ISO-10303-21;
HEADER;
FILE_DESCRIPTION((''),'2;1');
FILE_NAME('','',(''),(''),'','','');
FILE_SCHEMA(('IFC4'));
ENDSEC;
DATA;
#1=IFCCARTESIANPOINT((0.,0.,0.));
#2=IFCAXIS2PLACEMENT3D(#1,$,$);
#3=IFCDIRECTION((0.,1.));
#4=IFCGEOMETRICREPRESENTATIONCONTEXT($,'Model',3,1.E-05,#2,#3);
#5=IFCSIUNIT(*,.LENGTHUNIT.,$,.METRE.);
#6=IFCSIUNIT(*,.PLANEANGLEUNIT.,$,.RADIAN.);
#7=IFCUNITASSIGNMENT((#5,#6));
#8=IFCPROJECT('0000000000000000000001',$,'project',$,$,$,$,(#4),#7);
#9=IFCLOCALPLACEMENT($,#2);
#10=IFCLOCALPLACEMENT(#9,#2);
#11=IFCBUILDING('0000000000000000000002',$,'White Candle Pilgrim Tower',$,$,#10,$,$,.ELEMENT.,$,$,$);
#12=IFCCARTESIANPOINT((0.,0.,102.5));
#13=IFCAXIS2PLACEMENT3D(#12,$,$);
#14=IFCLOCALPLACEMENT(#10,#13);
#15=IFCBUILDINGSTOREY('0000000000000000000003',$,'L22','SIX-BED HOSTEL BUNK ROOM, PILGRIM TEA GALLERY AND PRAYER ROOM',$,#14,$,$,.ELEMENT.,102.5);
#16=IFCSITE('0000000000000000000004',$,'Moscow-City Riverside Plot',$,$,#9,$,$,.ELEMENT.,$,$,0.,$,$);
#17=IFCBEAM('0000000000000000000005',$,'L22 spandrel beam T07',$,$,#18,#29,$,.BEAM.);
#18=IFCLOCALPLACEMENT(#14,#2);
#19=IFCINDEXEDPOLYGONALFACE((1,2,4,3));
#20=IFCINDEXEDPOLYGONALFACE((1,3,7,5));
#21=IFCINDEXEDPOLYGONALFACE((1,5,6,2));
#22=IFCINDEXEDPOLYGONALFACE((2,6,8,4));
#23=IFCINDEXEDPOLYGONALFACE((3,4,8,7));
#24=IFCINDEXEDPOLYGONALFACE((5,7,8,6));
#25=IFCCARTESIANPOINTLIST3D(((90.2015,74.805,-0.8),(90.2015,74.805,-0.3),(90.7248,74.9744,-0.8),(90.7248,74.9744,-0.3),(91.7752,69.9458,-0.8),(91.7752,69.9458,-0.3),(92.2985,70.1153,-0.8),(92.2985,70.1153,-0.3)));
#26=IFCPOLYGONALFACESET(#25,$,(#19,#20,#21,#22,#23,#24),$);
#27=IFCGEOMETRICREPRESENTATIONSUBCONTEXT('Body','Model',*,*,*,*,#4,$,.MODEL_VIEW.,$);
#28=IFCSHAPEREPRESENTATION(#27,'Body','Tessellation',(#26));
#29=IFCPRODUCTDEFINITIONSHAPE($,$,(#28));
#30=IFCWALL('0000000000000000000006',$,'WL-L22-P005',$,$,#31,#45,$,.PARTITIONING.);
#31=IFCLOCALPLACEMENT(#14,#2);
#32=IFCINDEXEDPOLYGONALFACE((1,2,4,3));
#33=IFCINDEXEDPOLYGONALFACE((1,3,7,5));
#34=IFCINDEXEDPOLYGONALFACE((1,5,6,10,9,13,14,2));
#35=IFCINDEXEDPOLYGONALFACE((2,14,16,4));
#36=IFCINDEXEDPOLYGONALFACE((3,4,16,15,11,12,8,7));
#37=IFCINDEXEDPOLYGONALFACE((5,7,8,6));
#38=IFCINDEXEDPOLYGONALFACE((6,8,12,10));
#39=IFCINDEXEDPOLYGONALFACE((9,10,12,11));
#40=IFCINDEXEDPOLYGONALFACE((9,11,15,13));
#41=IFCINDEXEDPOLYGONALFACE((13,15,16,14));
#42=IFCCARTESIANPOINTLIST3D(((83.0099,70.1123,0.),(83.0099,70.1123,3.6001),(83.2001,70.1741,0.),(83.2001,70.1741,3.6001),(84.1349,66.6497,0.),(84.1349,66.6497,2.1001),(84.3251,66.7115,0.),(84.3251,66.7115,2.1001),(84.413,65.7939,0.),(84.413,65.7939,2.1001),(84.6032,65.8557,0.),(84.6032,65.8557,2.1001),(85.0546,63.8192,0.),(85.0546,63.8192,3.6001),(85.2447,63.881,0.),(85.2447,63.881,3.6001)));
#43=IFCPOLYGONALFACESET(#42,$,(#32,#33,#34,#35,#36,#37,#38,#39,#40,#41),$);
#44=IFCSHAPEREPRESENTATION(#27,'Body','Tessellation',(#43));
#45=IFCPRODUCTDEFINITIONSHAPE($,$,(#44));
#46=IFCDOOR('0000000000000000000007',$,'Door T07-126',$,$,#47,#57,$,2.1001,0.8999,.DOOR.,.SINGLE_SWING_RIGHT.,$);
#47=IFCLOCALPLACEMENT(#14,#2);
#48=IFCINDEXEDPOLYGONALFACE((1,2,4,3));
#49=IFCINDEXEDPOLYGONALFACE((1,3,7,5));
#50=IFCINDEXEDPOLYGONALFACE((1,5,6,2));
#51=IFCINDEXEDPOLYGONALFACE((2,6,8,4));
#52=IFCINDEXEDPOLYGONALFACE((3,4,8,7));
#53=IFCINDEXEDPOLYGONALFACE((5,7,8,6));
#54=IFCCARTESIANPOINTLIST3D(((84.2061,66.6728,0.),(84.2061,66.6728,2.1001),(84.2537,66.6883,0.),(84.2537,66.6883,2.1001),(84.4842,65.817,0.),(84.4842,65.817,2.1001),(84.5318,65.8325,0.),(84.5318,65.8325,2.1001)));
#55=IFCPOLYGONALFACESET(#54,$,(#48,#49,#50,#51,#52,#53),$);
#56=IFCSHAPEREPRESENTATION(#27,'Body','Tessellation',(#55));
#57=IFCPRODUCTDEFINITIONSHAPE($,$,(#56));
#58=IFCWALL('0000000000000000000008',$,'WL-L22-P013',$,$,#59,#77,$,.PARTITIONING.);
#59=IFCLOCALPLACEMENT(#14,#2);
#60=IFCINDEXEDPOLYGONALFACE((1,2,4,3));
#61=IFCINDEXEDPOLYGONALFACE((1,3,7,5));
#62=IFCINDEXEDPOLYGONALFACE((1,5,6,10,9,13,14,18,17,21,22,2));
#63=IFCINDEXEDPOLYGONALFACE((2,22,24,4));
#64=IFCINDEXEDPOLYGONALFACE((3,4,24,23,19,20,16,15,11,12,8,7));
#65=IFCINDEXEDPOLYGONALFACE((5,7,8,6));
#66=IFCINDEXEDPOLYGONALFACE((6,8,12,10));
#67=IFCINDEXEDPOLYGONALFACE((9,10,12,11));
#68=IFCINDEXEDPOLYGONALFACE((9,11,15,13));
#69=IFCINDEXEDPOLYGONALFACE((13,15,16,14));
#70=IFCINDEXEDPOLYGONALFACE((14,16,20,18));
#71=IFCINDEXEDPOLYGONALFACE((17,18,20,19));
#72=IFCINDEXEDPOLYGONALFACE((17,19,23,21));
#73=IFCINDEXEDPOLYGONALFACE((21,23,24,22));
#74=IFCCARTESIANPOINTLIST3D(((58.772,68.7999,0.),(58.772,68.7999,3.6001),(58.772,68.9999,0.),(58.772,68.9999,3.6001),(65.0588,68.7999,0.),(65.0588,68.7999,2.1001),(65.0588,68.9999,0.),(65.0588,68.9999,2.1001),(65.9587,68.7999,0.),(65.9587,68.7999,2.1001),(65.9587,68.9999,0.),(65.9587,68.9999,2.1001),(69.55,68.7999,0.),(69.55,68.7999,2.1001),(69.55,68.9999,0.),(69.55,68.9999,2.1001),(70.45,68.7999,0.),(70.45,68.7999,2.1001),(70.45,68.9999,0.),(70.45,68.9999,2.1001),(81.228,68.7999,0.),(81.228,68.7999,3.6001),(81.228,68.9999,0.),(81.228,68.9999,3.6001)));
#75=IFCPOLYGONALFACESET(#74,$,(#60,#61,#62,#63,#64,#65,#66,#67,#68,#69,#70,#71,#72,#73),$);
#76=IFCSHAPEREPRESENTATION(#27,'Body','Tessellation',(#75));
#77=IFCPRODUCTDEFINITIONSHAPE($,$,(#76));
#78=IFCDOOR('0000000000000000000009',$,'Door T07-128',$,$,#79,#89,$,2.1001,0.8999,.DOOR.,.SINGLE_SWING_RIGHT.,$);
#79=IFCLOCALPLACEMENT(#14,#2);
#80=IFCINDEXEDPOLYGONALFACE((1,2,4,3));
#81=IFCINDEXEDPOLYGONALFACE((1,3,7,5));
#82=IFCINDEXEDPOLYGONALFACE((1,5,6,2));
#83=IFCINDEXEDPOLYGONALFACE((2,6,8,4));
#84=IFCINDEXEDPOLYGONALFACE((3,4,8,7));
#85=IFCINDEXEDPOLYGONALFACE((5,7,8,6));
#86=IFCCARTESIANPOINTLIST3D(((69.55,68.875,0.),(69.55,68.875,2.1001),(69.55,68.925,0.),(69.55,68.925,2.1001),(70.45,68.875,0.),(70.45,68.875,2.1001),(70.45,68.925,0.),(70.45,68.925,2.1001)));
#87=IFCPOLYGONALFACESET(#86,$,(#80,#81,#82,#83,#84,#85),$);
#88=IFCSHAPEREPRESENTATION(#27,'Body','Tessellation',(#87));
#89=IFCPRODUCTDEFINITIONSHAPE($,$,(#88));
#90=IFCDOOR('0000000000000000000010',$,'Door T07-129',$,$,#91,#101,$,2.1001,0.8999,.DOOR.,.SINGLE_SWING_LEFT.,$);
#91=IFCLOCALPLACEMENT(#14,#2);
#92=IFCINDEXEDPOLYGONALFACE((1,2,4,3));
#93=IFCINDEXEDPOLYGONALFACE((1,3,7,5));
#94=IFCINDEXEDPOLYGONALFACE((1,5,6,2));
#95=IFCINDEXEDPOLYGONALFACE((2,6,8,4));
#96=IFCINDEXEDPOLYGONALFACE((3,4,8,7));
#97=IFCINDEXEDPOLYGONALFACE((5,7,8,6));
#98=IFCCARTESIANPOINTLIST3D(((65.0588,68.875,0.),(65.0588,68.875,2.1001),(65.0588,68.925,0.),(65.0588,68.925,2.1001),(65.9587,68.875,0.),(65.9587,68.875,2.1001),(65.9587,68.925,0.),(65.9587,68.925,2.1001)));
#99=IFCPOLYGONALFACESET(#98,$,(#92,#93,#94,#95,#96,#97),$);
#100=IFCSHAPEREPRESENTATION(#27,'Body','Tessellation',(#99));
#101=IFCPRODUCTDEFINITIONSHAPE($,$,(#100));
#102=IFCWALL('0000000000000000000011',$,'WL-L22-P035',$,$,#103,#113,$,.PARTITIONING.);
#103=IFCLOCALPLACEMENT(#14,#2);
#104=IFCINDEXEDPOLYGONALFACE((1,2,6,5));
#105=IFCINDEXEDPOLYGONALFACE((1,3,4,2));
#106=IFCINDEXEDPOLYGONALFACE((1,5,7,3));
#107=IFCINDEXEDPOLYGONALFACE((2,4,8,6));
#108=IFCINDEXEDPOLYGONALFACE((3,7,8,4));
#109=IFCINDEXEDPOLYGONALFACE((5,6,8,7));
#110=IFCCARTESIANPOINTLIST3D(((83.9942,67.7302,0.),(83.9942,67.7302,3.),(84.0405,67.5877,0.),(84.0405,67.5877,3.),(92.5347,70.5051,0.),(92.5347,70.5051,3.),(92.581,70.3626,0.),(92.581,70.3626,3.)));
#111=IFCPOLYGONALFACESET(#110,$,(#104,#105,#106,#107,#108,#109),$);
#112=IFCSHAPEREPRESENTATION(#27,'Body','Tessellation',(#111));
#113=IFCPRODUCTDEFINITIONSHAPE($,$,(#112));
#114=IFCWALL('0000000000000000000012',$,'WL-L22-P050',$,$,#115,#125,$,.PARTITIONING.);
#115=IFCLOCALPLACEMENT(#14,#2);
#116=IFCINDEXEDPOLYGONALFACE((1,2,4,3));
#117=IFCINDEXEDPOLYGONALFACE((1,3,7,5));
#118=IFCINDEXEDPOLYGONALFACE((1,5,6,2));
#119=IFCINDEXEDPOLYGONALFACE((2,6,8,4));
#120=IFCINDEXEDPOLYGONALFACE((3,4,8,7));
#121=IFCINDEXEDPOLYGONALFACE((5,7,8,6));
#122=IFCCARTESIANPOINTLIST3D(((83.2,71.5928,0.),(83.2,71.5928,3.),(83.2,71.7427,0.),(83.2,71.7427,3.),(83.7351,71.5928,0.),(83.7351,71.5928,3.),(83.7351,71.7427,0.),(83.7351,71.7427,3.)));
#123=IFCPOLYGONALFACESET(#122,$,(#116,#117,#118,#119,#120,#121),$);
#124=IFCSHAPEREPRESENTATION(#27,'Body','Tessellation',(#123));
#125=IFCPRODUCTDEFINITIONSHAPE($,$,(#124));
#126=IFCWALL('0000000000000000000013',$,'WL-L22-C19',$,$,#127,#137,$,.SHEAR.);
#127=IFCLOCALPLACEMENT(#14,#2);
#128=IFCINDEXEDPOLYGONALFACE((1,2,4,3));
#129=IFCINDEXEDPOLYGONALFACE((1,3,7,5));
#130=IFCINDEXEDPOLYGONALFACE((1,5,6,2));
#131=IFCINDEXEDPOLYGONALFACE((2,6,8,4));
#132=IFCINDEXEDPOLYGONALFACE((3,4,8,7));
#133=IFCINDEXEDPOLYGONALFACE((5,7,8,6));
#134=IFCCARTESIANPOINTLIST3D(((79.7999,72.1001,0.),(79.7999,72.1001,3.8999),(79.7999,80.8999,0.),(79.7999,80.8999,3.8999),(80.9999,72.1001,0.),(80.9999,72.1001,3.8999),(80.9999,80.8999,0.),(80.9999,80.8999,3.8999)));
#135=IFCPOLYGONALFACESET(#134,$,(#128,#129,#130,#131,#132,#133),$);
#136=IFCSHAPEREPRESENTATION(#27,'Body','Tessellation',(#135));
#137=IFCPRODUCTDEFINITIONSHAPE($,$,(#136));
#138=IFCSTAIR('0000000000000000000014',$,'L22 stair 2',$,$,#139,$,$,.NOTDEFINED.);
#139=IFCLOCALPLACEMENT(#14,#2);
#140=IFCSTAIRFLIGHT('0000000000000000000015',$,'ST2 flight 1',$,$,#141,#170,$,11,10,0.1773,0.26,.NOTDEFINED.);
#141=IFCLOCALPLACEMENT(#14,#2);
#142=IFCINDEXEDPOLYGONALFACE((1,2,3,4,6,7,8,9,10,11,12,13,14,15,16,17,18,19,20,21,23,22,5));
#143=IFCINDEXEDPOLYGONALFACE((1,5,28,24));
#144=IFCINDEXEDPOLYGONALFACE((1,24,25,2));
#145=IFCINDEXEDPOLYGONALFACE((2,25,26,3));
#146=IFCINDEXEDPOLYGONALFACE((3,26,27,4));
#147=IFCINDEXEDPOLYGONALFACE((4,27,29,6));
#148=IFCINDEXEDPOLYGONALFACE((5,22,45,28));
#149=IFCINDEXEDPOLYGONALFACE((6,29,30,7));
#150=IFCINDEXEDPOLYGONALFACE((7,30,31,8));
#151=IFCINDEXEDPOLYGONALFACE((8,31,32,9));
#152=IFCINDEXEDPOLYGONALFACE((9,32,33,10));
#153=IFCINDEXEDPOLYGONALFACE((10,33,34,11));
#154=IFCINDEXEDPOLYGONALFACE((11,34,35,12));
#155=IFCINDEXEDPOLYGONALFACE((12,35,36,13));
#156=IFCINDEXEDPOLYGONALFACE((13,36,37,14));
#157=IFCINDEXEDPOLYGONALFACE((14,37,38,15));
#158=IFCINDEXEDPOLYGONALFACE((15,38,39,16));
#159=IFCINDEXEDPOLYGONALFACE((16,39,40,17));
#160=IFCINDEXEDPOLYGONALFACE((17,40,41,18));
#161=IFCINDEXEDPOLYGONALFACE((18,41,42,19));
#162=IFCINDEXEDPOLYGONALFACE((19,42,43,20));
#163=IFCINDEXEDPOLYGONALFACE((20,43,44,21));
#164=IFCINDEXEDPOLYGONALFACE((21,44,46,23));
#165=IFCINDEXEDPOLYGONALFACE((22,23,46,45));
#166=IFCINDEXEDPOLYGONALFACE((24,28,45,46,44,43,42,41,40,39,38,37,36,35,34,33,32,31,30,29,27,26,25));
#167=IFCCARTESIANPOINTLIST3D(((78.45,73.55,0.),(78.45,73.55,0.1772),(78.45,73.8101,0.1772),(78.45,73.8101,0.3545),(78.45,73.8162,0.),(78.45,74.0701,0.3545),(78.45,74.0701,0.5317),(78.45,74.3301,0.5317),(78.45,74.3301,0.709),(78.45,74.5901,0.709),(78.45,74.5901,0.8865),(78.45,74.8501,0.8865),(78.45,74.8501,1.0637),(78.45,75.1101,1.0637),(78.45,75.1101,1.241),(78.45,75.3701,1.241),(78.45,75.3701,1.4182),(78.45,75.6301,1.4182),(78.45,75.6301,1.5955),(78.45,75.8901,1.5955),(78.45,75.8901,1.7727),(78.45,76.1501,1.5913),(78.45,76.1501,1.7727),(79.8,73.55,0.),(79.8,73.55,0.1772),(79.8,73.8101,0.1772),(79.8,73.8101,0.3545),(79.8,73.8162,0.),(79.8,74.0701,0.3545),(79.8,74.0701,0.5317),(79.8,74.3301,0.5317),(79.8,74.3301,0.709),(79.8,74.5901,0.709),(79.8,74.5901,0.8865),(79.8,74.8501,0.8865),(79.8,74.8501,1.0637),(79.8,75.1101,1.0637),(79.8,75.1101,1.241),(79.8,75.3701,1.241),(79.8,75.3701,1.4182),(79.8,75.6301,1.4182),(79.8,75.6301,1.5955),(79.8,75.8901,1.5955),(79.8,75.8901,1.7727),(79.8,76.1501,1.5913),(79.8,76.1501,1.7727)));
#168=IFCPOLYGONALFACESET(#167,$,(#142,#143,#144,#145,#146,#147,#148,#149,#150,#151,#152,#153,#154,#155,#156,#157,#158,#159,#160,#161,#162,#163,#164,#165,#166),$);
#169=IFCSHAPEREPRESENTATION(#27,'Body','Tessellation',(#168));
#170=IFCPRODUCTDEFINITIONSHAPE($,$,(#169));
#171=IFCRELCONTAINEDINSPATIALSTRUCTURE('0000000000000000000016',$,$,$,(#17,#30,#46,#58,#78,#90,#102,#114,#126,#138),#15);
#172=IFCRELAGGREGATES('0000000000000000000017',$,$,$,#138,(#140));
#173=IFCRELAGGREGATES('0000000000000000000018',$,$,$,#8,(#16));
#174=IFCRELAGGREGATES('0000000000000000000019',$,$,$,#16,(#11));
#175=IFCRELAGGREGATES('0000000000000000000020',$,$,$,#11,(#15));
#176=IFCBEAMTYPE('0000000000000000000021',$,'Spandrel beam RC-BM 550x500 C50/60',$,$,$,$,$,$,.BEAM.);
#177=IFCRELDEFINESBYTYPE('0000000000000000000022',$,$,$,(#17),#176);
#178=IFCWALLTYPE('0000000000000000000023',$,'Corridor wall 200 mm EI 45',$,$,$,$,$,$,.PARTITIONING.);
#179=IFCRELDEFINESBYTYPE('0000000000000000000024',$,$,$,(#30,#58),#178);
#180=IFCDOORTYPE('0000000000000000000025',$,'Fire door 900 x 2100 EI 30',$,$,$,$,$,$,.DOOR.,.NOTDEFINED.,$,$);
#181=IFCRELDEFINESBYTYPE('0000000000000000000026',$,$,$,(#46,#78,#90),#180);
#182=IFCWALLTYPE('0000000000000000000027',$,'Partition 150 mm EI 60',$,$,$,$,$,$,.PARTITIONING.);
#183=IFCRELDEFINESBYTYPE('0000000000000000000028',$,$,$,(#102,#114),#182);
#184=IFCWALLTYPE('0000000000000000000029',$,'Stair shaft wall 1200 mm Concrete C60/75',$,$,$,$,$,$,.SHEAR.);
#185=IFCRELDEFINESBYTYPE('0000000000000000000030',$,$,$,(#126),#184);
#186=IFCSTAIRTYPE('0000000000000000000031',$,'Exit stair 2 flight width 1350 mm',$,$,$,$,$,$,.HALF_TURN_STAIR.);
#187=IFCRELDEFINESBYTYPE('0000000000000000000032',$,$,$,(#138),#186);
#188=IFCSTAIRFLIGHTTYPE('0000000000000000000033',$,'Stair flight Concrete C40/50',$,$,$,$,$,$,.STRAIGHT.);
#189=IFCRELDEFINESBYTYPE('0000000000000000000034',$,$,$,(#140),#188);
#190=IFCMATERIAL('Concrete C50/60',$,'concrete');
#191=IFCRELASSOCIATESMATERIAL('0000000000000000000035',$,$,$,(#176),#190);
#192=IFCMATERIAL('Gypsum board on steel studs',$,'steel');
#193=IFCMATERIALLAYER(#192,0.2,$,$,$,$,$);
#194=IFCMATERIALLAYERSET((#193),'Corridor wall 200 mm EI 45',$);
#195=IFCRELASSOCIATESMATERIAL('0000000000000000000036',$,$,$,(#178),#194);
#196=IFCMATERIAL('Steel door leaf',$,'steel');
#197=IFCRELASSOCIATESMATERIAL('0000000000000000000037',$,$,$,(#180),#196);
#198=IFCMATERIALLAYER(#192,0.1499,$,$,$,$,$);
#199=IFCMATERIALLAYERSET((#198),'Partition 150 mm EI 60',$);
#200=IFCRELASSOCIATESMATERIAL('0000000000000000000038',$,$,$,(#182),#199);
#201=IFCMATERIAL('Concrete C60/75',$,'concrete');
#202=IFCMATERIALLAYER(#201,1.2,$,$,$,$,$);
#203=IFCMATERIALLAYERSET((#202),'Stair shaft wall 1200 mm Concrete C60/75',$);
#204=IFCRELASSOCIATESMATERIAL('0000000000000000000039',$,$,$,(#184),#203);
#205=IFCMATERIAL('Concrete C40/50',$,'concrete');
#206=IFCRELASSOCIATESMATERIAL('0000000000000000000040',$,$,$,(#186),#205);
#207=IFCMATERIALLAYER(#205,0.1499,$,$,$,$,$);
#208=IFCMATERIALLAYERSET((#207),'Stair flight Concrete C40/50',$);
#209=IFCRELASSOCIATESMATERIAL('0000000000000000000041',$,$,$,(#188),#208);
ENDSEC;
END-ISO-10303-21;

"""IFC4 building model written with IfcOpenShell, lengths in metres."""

from ifc_helpers import new_model, si_unit, direction, frame, frame_2d, origin, origin_2d, place, context, subcontext, project, spatial, polyline, rectangle, outline, extrude, material, layer, layer_set, material_profile, profile_set, type_object, element, fill, aggregate, save


model = new_model("IFC4")

# Units and contexts
model_context = context("Model", 3, precision=1e-05, world=origin(), true_north=direction((0.0, 1.0)))
body_context = subcontext(model_context, "Body", "Model", "MODEL_VIEW")
ifc_project = project(units=[si_unit("LENGTHUNIT", "METRE"), si_unit("PLANEANGLEUNIT", "RADIAN")], contexts=[model_context])

# Site, building, storey
site_placement = place(None, origin())
site = spatial("IfcSite", under=ifc_project, at=site_placement, Name="Moscow-City Riverside Plot", CompositionType="ELEMENT", RefElevation=0.0)
building_placement = place(site_placement, origin())
building = spatial("IfcBuilding", under=site, at=building_placement, Name="White Candle Pilgrim Tower", CompositionType="ELEMENT")
storey_placement = place(building_placement, frame((0.0, 0.0, 102.5)))
storey = spatial("IfcBuildingStorey", under=building, at=storey_placement, Name="L22", Description="SIX-BED HOSTEL BUNK ROOM, PILGRIM TEA GALLERY AND PRAYER ROOM", CompositionType="ELEMENT", Elevation=102.5)

# Beam
ifc_material_1 = material(Name="Concrete C50/60", Category="concrete")
ifc_material_profile_1 = material_profile(ifc_material_1, rectangle(XDim=0.55, YDim=0.5, at=origin_2d()), Name="RC-BM 550x500")
ifc_profile_set_1 = profile_set([ifc_material_profile_1], Name="Concrete C50/60")
beam_type_1 = type_object("IfcBeamType", Name="Spandrel beam RC-BM 550x500 C50/60", PredefinedType="BEAM", material=ifc_profile_set_1)
beam_1_placement = place(storey_placement, frame((92.0369, 70.0305, -0.55), z_axis=(-0.308114, 0.951349, 0.0), x_axis=(-0.951349, -0.308114, 0.0)))
element("IfcBeam", 1, at=beam_1_placement, inside=storey, type_object=beam_type_1, Name="L22 spandrel beam T07", PredefinedType="BEAM", context=body_context, shape_type="SweptSolid", body=[
    extrude(rectangle(XDim=0.55, YDim=0.5, at=origin_2d()), origin(), (0.0, 0.0, 1.0), 5.1077),
])

# Wall, opening, door
ifc_material_2 = material(Name="Gypsum board on steel studs", Category="steel")
ifc_layer_1 = layer(ifc_material_2, 0.2)
ifc_layer_set_1 = layer_set([ifc_layer_1], Name="Corridor wall 200 mm EI 45")
wall_type_1 = type_object("IfcWallType", Name="Corridor wall 200 mm EI 45", PredefinedType="PARTITIONING", material=ifc_layer_set_1)
wall_1_placement = place(storey_placement, frame((83.105, 70.1433, 0.0), z_axis=(0.0, 0.0, 1.0), x_axis=(0.309002, -0.951061, 0.0)))
wall_1 = element("IfcWall", 2, at=wall_1_placement, inside=storey, type_object=wall_type_1, Name="WL-L22-P005", PredefinedType="PARTITIONING", context=body_context, shape_type="SweptSolid", body=[
    extrude(rectangle(XDim=6.6169, YDim=0.2, at=frame_2d((3.3086, 0.0))), origin(), (0.0, 0.0, 1.0), 3.6001),
])
opening_1_placement = place(wall_1_placement, frame((3.6409, 0.0, 0.0)))
opening_1 = element("IfcOpeningElement", 3, at=opening_1_placement, cuts=wall_1, PredefinedType="OPENING", context=body_context, shape_type="SweptSolid", body=[
    extrude(rectangle(XDim=0.8999, YDim=2.1001, at=frame_2d((0.45, 1.05))), frame((0.0, 0.1099, 0.0), z_axis=(0.0, -1.0, 0.0), x_axis=(1.0, 0.0, 0.0)), (0.0, 0.0, 1.0), 0.22),
])
ifc_material_3 = material(Name="Steel door leaf", Category="steel")
door_type = type_object("IfcDoorType", Name="Fire door 900 x 2100 EI 30", OperationType="NOTDEFINED", PredefinedType="DOOR", material=ifc_material_3)
door_1_placement = place(opening_1_placement, origin())
door_1 = element("IfcDoor", 4, at=door_1_placement, inside=storey, type_object=door_type, Name="Door T07-126", OperationType="SINGLE_SWING_RIGHT", OverallHeight=2.1001, OverallWidth=0.8999, PredefinedType="DOOR", context=body_context, shape_type="SweptSolid", body=[
    extrude(rectangle(XDim=0.8999, YDim=2.1001, at=frame_2d((0.45, 1.05))), frame((0.0, 0.0249, 0.0), z_axis=(0.0, -1.0, 0.0), x_axis=(1.0, 0.0, 0.0)), (0.0, 0.0, 1.0), 0.05),
])
fill(opening_1, door_1)

# Wall, openings, doors
wall_2_placement = place(storey_placement, frame((81.228, 68.8999, 0.0), z_axis=(0.0, 0.0, 1.0), x_axis=(-1.0, 0.0, 0.0)))
wall_2 = element("IfcWall", 5, at=wall_2_placement, inside=storey, type_object=wall_type_1, Name="WL-L22-P013", PredefinedType="PARTITIONING", context=body_context, shape_type="SweptSolid", body=[
    extrude(rectangle(XDim=22.4561, YDim=0.2, at=frame_2d((11.228, 0.0))), origin(), (0.0, 0.0, 1.0), 3.6001),
])
opening_2_placement = place(wall_2_placement, frame((10.7781, 0.0, 0.0)))
opening_2 = element("IfcOpeningElement", 6, at=opening_2_placement, cuts=wall_2, PredefinedType="OPENING", context=body_context, shape_type="SweptSolid", body=[
    extrude(rectangle(XDim=0.8999, YDim=2.1001, at=frame_2d((0.45, 1.05))), frame((0.0, 0.1099, 0.0), z_axis=(0.0, -1.0, 0.0), x_axis=(1.0, 0.0, 0.0)), (0.0, 0.0, 1.0), 0.22),
])
opening_3_placement = place(wall_2_placement, frame((15.2693, 0.0, 0.0)))
opening_3 = element("IfcOpeningElement", 7, at=opening_3_placement, cuts=wall_2, PredefinedType="OPENING", context=body_context, shape_type="SweptSolid", body=[
    extrude(rectangle(XDim=0.8999, YDim=2.1001, at=frame_2d((0.45, 1.05))), frame((0.0, 0.1099, 0.0), z_axis=(0.0, -1.0, 0.0), x_axis=(1.0, 0.0, 0.0)), (0.0, 0.0, 1.0), 0.22),
])
door_2_placement = place(opening_2_placement, origin())
door_2 = element("IfcDoor", 8, at=door_2_placement, inside=storey, type_object=door_type, Name="Door T07-128", OperationType="SINGLE_SWING_RIGHT", OverallHeight=2.1001, OverallWidth=0.8999, PredefinedType="DOOR", context=body_context, shape_type="SweptSolid", body=[
    extrude(rectangle(XDim=0.8999, YDim=2.1001, at=frame_2d((0.45, 1.05))), frame((0.0, 0.0249, 0.0), z_axis=(0.0, -1.0, 0.0), x_axis=(1.0, 0.0, 0.0)), (0.0, 0.0, 1.0), 0.05),
])
fill(opening_2, door_2)
door_3_placement = place(opening_3_placement, origin())
door_3 = element("IfcDoor", 9, at=door_3_placement, inside=storey, type_object=door_type, Name="Door T07-129", OperationType="SINGLE_SWING_LEFT", OverallHeight=2.1001, OverallWidth=0.8999, PredefinedType="DOOR", context=body_context, shape_type="SweptSolid", body=[
    extrude(rectangle(XDim=0.8999, YDim=2.1001, at=frame_2d((0.45, 1.05))), frame((0.0, 0.0249, 0.0), z_axis=(0.0, -1.0, 0.0), x_axis=(1.0, 0.0, 0.0)), (0.0, 0.0, 1.0), 0.05),
])
fill(opening_3, door_3)

# Walls
ifc_layer_2 = layer(ifc_material_2, 0.1499)
ifc_layer_set_2 = layer_set([ifc_layer_2], Name="Partition 150 mm EI 60")
wall_type_2 = type_object("IfcWallType", Name="Partition 150 mm EI 60", PredefinedType="PARTITIONING", material=ifc_layer_set_2)
wall_3_placement = place(storey_placement, frame((92.5579, 70.4338, 0.0), z_axis=(0.0, 0.0, 1.0), x_axis=(-0.951059, -0.309009, 0.0)))
element("IfcWall", 10, at=wall_3_placement, inside=storey, type_object=wall_type_2, Name="WL-L22-P035", PredefinedType="PARTITIONING", context=body_context, shape_type="SweptSolid", body=[
    extrude(rectangle(XDim=8.98, YDim=0.1499, at=frame_2d((4.49, 0.0))), origin(), (0.0, 0.0, 1.0), 3.0),
])
wall_4_placement = place(storey_placement, frame((83.7351, 71.6677, 0.0), z_axis=(0.0, 0.0, 1.0), x_axis=(-1.0, 0.0, 0.0)))
element("IfcWall", 11, at=wall_4_placement, inside=storey, type_object=wall_type_2, Name="WL-L22-P050", PredefinedType="PARTITIONING", context=body_context, shape_type="SweptSolid", body=[
    extrude(rectangle(XDim=0.5352, YDim=0.1499, at=frame_2d((0.2676, 0.0))), origin(), (0.0, 0.0, 1.0), 3.0),
])
ifc_material_4 = material(Name="Concrete C60/75", Category="concrete")
ifc_layer_3 = layer(ifc_material_4, 1.2)
ifc_layer_set_3 = layer_set([ifc_layer_3], Name="Stair shaft wall 1200 mm Concrete C60/75")
wall_type_3 = type_object("IfcWallType", Name="Stair shaft wall 1200 mm Concrete C60/75", PredefinedType="SHEAR", material=ifc_layer_set_3)
wall_5_placement = place(storey_placement, frame((80.3999, 72.1001, 0.0), z_axis=(0.0, 0.0, 1.0), x_axis=(0.0, 1.0, 0.0)))
element("IfcWall", 12, at=wall_5_placement, inside=storey, type_object=wall_type_3, Name="WL-L22-C19", PredefinedType="SHEAR", context=body_context, shape_type="SweptSolid", body=[
    extrude(rectangle(XDim=8.7998, YDim=1.2, at=frame_2d((4.3999, 0.0))), origin(), (0.0, 0.0, 1.0), 3.8999),
])

# Stair, stair flight
ifc_material_5 = material(Name="Concrete C40/50", Category="concrete")
stair_type = type_object("IfcStairType", Name="Exit stair 2 flight width 1350 mm", PredefinedType="HALF_TURN_STAIR", material=ifc_material_5)
stair_placement = place(storey_placement, origin())
stair = element("IfcStair", 13, at=stair_placement, inside=storey, type_object=stair_type, Name="L22 stair 2", PredefinedType="NOTDEFINED")
ifc_layer_4 = layer(ifc_material_5, 0.1499)
ifc_layer_set_4 = layer_set([ifc_layer_4], Name="Stair flight Concrete C40/50")
stair_flight_type = type_object("IfcStairFlightType", Name="Stair flight Concrete C40/50", PredefinedType="STRAIGHT", material=ifc_layer_set_4)
stair_flight_placement = place(storey_placement, frame((79.125, 73.55, 0.0), z_axis=(0.0, 0.0, 1.0), x_axis=(0.0, 1.0, 0.0)))
stair_flight = element("IfcStairFlight", 14, at=stair_flight_placement, type_object=stair_flight_type, Name="ST2 flight 1", NumberOfRisers=11, NumberOfTreads=10, PredefinedType="NOTDEFINED", RiserHeight=0.1773, TreadLength=0.26, context=body_context, shape_type="SweptSolid", body=[
    extrude(outline(polyline([(0.0, 0.0), (0.0, 0.1772), (0.26, 0.1772), (0.26, 0.3545), (0.52, 0.3545), (0.52, 0.5317), (0.78, 0.5317), (0.78, 0.709), (1.04, 0.709), (1.04, 0.8865), (1.3, 0.8865), (1.3, 1.0637), (1.5601, 1.0637), (1.5601, 1.241), (1.8201, 1.241), (1.8201, 1.4182), (2.0801, 1.4182), (2.0801, 1.5955), (2.3401, 1.5955), (2.3401, 1.7727), (2.6001, 1.7727), (2.6001, 1.95), (2.6001, 1.5913), (0.2661, 0.0), (0.0, 0.0)])), frame((0.0, 0.675, 0.0), z_axis=(0.0, -1.0, 0.0), x_axis=(1.0, 0.0, 0.0)), (0.0, 0.0, 1.0), 1.3501),
])
aggregate(stair, [stair_flight])

save(model, "model.ifc")
